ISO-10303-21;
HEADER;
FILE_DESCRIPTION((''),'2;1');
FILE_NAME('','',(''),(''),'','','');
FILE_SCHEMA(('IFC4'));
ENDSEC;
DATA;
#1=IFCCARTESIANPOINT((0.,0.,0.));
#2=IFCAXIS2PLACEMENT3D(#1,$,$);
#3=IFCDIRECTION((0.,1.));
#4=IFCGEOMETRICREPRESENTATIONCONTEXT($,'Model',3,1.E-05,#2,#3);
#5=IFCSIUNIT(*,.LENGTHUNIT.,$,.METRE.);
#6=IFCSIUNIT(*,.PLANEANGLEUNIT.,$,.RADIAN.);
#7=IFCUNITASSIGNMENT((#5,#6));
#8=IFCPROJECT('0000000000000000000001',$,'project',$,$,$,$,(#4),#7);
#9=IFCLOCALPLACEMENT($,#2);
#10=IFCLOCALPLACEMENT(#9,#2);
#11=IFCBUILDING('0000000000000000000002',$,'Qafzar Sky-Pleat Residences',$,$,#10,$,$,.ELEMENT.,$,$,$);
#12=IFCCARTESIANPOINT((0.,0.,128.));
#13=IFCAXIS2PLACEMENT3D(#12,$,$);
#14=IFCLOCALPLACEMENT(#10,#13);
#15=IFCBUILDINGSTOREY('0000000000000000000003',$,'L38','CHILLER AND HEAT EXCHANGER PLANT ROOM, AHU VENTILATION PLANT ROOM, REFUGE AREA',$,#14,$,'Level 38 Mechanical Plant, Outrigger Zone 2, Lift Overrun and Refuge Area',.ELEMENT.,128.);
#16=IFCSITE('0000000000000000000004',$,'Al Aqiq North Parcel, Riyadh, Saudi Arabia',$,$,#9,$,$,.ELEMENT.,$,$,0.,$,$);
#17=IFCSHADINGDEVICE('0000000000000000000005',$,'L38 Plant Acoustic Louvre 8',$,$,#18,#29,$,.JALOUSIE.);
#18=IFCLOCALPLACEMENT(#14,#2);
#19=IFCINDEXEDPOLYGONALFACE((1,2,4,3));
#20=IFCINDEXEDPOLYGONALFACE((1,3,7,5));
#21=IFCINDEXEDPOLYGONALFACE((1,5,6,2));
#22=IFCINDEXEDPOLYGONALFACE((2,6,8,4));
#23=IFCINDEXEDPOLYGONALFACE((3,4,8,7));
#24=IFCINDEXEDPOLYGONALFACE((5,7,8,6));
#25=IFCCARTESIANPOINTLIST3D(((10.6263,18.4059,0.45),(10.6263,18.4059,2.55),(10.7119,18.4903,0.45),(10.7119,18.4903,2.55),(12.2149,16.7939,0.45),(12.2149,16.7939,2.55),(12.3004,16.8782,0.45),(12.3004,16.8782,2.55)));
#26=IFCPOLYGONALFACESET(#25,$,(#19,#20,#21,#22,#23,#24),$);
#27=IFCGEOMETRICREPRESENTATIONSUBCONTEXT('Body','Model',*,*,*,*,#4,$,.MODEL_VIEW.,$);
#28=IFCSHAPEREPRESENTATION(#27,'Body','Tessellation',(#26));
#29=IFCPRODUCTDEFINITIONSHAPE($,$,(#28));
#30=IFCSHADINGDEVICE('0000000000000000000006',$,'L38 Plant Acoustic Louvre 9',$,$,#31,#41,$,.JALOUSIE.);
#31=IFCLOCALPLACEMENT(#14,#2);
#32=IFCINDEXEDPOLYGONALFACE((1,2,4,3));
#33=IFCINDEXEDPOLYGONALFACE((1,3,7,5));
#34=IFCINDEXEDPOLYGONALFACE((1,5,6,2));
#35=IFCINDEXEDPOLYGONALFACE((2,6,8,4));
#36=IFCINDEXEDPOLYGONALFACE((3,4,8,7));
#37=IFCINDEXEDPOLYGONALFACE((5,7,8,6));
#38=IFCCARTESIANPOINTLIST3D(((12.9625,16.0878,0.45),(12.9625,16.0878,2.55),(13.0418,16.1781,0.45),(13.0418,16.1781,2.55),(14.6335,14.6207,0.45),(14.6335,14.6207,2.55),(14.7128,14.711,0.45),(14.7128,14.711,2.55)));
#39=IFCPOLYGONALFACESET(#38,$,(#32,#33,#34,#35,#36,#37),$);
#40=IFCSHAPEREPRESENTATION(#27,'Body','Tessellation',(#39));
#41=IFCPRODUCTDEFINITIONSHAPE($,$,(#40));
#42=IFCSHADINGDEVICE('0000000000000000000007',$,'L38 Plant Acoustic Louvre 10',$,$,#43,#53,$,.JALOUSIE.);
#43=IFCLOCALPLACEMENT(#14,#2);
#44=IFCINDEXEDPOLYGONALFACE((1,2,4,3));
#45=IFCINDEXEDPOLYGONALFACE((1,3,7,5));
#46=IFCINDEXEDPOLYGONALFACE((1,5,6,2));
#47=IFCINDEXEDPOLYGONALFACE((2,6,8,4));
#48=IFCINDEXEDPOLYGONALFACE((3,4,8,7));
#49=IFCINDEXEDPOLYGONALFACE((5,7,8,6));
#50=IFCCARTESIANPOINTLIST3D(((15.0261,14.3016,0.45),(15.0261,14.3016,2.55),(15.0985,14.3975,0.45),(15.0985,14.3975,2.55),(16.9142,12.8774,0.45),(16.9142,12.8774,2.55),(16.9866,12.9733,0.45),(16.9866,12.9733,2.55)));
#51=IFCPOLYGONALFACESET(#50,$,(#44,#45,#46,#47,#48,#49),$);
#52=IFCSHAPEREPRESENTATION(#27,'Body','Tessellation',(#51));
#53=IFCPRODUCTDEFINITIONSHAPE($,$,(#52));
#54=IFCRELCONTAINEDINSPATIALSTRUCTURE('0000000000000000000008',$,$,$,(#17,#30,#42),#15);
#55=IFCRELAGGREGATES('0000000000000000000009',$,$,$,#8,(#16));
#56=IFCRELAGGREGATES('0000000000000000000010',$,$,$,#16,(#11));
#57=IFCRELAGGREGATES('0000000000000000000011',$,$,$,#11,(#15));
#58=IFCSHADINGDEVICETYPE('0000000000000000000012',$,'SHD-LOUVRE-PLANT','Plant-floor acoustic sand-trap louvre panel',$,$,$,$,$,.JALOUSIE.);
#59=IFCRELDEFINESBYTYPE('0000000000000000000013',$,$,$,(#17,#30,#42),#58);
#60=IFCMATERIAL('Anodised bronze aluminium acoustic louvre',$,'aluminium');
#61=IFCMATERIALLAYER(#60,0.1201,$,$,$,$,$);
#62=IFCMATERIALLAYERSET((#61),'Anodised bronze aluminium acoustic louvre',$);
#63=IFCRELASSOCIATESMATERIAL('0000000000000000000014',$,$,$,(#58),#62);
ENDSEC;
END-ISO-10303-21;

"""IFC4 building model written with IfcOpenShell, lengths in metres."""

from ifc_helpers import new_model, si_unit, direction, frame, origin, origin_2d, place, context, subcontext, project, spatial, rectangle, extrude, source, transform, mapped, material, layer, layer_set, type_object, element, save


model = new_model("IFC4")

# Units and contexts
model_context = context("Model", 3, precision=1e-05, world=origin(), true_north=direction((0.0, 1.0)))
body_context = subcontext(model_context, "Body", "Model", "MODEL_VIEW")
ifc_project = project(units=[si_unit("LENGTHUNIT", "METRE"), si_unit("PLANEANGLEUNIT", "RADIAN")], contexts=[model_context])

# Site, building, storey
site_placement = place(None, origin())
site = spatial("IfcSite", under=ifc_project, at=site_placement, Name="Al Aqiq North Parcel, Riyadh, Saudi Arabia", CompositionType="ELEMENT", RefElevation=0.0)
building_placement = place(site_placement, origin())
building = spatial("IfcBuilding", under=site, at=building_placement, Name="Qafzar Sky-Pleat Residences", CompositionType="ELEMENT")
storey_placement = place(building_placement, frame((0.0, 0.0, 128.0)))
storey = spatial("IfcBuildingStorey", under=building, at=storey_placement, Name="L38", Description="CHILLER AND HEAT EXCHANGER PLANT ROOM, AHU VENTILATION PLANT ROOM, REFUGE AREA", LongName="Level 38 Mechanical Plant, Outrigger Zone 2, Lift Overrun and Refuge Area", CompositionType="ELEMENT", Elevation=128.0)

# Shading devices
ifc_material_1 = material(Name="Anodised bronze aluminium acoustic louvre", Category="aluminium")
ifc_layer_1 = layer(ifc_material_1, 0.1201)
ifc_layer_set_1 = layer_set([ifc_layer_1], Name="Anodised bronze aluminium acoustic louvre")
shading_device_type = type_object("IfcShadingDeviceType", Name="SHD-LOUVRE-PLANT", Description="Plant-floor acoustic sand-trap louvre panel", PredefinedType="JALOUSIE", material=ifc_layer_set_1)
shared_shape_1 = source(origin(), body_context, "Body", "SweptSolid", [
    extrude(rectangle(XDim=2.2632, YDim=0.1201, at=origin_2d()), origin(), (0.0, 0.0, 1.0), 2.1001),
])
shading_device_1_placement = place(storey_placement, frame((11.4634, 17.6421, 0.45), z_axis=(0.0, 0.0, 1.0), x_axis=(0.701891, -0.712284, 0.0)))
element("IfcShadingDevice", 1, at=shading_device_1_placement, inside=storey, type_object=shading_device_type, Name="L38 Plant Acoustic Louvre 8", PredefinedType="JALOUSIE", context=body_context, shape_type="MappedRepresentation", body=[
    mapped(shared_shape_1, transform((0.0, 0.0, 0.0), x_axis=(1.0, 0.0, 0.0), y_axis=(0.0, 1.0, 0.0), z_axis=(0.0, 0.0, 1.0), scale=1.0)),
])
shared_shape_2 = source(origin(), body_context, "Body", "SweptSolid", [
    extrude(rectangle(XDim=2.2236, YDim=0.1201, at=origin_2d()), origin(), (0.0, 0.0, 1.0), 2.1001),
])
shading_device_2_placement = place(storey_placement, frame((13.8376, 15.3994, 0.45), z_axis=(0.0, 0.0, 1.0), x_axis=(0.751455, -0.659785, 0.0)))
element("IfcShadingDevice", 2, at=shading_device_2_placement, inside=storey, type_object=shading_device_type, Name="L38 Plant Acoustic Louvre 9", PredefinedType="JALOUSIE", context=body_context, shape_type="MappedRepresentation", body=[
    mapped(shared_shape_2, transform((0.0, 0.0, 0.0), x_axis=(1.0, 0.0, 0.0), y_axis=(0.0, 1.0, 0.0), z_axis=(0.0, 0.0, 1.0), scale=1.0)),
])
shared_shape_3 = source(origin(), body_context, "Body", "SweptSolid", [
    extrude(rectangle(XDim=2.365, YDim=0.1201, at=origin_2d()), origin(), (0.0, 0.0, 1.0), 2.1001),
])
shading_device_3_placement = place(storey_placement, frame((16.0063, 13.6375, 0.45), z_axis=(0.0, 0.0, 1.0), x_axis=(0.798349, -0.602195, 0.0)))
element("IfcShadingDevice", 3, at=shading_device_3_placement, inside=storey, type_object=shading_device_type, Name="L38 Plant Acoustic Louvre 10", PredefinedType="JALOUSIE", context=body_context, shape_type="MappedRepresentation", body=[
    mapped(shared_shape_3, transform((0.0, 0.0, 0.0), x_axis=(1.0, 0.0, 0.0), y_axis=(0.0, 1.0, 0.0), z_axis=(0.0, 0.0, 1.0), scale=1.0)),
])

save(model, "model.ifc")
